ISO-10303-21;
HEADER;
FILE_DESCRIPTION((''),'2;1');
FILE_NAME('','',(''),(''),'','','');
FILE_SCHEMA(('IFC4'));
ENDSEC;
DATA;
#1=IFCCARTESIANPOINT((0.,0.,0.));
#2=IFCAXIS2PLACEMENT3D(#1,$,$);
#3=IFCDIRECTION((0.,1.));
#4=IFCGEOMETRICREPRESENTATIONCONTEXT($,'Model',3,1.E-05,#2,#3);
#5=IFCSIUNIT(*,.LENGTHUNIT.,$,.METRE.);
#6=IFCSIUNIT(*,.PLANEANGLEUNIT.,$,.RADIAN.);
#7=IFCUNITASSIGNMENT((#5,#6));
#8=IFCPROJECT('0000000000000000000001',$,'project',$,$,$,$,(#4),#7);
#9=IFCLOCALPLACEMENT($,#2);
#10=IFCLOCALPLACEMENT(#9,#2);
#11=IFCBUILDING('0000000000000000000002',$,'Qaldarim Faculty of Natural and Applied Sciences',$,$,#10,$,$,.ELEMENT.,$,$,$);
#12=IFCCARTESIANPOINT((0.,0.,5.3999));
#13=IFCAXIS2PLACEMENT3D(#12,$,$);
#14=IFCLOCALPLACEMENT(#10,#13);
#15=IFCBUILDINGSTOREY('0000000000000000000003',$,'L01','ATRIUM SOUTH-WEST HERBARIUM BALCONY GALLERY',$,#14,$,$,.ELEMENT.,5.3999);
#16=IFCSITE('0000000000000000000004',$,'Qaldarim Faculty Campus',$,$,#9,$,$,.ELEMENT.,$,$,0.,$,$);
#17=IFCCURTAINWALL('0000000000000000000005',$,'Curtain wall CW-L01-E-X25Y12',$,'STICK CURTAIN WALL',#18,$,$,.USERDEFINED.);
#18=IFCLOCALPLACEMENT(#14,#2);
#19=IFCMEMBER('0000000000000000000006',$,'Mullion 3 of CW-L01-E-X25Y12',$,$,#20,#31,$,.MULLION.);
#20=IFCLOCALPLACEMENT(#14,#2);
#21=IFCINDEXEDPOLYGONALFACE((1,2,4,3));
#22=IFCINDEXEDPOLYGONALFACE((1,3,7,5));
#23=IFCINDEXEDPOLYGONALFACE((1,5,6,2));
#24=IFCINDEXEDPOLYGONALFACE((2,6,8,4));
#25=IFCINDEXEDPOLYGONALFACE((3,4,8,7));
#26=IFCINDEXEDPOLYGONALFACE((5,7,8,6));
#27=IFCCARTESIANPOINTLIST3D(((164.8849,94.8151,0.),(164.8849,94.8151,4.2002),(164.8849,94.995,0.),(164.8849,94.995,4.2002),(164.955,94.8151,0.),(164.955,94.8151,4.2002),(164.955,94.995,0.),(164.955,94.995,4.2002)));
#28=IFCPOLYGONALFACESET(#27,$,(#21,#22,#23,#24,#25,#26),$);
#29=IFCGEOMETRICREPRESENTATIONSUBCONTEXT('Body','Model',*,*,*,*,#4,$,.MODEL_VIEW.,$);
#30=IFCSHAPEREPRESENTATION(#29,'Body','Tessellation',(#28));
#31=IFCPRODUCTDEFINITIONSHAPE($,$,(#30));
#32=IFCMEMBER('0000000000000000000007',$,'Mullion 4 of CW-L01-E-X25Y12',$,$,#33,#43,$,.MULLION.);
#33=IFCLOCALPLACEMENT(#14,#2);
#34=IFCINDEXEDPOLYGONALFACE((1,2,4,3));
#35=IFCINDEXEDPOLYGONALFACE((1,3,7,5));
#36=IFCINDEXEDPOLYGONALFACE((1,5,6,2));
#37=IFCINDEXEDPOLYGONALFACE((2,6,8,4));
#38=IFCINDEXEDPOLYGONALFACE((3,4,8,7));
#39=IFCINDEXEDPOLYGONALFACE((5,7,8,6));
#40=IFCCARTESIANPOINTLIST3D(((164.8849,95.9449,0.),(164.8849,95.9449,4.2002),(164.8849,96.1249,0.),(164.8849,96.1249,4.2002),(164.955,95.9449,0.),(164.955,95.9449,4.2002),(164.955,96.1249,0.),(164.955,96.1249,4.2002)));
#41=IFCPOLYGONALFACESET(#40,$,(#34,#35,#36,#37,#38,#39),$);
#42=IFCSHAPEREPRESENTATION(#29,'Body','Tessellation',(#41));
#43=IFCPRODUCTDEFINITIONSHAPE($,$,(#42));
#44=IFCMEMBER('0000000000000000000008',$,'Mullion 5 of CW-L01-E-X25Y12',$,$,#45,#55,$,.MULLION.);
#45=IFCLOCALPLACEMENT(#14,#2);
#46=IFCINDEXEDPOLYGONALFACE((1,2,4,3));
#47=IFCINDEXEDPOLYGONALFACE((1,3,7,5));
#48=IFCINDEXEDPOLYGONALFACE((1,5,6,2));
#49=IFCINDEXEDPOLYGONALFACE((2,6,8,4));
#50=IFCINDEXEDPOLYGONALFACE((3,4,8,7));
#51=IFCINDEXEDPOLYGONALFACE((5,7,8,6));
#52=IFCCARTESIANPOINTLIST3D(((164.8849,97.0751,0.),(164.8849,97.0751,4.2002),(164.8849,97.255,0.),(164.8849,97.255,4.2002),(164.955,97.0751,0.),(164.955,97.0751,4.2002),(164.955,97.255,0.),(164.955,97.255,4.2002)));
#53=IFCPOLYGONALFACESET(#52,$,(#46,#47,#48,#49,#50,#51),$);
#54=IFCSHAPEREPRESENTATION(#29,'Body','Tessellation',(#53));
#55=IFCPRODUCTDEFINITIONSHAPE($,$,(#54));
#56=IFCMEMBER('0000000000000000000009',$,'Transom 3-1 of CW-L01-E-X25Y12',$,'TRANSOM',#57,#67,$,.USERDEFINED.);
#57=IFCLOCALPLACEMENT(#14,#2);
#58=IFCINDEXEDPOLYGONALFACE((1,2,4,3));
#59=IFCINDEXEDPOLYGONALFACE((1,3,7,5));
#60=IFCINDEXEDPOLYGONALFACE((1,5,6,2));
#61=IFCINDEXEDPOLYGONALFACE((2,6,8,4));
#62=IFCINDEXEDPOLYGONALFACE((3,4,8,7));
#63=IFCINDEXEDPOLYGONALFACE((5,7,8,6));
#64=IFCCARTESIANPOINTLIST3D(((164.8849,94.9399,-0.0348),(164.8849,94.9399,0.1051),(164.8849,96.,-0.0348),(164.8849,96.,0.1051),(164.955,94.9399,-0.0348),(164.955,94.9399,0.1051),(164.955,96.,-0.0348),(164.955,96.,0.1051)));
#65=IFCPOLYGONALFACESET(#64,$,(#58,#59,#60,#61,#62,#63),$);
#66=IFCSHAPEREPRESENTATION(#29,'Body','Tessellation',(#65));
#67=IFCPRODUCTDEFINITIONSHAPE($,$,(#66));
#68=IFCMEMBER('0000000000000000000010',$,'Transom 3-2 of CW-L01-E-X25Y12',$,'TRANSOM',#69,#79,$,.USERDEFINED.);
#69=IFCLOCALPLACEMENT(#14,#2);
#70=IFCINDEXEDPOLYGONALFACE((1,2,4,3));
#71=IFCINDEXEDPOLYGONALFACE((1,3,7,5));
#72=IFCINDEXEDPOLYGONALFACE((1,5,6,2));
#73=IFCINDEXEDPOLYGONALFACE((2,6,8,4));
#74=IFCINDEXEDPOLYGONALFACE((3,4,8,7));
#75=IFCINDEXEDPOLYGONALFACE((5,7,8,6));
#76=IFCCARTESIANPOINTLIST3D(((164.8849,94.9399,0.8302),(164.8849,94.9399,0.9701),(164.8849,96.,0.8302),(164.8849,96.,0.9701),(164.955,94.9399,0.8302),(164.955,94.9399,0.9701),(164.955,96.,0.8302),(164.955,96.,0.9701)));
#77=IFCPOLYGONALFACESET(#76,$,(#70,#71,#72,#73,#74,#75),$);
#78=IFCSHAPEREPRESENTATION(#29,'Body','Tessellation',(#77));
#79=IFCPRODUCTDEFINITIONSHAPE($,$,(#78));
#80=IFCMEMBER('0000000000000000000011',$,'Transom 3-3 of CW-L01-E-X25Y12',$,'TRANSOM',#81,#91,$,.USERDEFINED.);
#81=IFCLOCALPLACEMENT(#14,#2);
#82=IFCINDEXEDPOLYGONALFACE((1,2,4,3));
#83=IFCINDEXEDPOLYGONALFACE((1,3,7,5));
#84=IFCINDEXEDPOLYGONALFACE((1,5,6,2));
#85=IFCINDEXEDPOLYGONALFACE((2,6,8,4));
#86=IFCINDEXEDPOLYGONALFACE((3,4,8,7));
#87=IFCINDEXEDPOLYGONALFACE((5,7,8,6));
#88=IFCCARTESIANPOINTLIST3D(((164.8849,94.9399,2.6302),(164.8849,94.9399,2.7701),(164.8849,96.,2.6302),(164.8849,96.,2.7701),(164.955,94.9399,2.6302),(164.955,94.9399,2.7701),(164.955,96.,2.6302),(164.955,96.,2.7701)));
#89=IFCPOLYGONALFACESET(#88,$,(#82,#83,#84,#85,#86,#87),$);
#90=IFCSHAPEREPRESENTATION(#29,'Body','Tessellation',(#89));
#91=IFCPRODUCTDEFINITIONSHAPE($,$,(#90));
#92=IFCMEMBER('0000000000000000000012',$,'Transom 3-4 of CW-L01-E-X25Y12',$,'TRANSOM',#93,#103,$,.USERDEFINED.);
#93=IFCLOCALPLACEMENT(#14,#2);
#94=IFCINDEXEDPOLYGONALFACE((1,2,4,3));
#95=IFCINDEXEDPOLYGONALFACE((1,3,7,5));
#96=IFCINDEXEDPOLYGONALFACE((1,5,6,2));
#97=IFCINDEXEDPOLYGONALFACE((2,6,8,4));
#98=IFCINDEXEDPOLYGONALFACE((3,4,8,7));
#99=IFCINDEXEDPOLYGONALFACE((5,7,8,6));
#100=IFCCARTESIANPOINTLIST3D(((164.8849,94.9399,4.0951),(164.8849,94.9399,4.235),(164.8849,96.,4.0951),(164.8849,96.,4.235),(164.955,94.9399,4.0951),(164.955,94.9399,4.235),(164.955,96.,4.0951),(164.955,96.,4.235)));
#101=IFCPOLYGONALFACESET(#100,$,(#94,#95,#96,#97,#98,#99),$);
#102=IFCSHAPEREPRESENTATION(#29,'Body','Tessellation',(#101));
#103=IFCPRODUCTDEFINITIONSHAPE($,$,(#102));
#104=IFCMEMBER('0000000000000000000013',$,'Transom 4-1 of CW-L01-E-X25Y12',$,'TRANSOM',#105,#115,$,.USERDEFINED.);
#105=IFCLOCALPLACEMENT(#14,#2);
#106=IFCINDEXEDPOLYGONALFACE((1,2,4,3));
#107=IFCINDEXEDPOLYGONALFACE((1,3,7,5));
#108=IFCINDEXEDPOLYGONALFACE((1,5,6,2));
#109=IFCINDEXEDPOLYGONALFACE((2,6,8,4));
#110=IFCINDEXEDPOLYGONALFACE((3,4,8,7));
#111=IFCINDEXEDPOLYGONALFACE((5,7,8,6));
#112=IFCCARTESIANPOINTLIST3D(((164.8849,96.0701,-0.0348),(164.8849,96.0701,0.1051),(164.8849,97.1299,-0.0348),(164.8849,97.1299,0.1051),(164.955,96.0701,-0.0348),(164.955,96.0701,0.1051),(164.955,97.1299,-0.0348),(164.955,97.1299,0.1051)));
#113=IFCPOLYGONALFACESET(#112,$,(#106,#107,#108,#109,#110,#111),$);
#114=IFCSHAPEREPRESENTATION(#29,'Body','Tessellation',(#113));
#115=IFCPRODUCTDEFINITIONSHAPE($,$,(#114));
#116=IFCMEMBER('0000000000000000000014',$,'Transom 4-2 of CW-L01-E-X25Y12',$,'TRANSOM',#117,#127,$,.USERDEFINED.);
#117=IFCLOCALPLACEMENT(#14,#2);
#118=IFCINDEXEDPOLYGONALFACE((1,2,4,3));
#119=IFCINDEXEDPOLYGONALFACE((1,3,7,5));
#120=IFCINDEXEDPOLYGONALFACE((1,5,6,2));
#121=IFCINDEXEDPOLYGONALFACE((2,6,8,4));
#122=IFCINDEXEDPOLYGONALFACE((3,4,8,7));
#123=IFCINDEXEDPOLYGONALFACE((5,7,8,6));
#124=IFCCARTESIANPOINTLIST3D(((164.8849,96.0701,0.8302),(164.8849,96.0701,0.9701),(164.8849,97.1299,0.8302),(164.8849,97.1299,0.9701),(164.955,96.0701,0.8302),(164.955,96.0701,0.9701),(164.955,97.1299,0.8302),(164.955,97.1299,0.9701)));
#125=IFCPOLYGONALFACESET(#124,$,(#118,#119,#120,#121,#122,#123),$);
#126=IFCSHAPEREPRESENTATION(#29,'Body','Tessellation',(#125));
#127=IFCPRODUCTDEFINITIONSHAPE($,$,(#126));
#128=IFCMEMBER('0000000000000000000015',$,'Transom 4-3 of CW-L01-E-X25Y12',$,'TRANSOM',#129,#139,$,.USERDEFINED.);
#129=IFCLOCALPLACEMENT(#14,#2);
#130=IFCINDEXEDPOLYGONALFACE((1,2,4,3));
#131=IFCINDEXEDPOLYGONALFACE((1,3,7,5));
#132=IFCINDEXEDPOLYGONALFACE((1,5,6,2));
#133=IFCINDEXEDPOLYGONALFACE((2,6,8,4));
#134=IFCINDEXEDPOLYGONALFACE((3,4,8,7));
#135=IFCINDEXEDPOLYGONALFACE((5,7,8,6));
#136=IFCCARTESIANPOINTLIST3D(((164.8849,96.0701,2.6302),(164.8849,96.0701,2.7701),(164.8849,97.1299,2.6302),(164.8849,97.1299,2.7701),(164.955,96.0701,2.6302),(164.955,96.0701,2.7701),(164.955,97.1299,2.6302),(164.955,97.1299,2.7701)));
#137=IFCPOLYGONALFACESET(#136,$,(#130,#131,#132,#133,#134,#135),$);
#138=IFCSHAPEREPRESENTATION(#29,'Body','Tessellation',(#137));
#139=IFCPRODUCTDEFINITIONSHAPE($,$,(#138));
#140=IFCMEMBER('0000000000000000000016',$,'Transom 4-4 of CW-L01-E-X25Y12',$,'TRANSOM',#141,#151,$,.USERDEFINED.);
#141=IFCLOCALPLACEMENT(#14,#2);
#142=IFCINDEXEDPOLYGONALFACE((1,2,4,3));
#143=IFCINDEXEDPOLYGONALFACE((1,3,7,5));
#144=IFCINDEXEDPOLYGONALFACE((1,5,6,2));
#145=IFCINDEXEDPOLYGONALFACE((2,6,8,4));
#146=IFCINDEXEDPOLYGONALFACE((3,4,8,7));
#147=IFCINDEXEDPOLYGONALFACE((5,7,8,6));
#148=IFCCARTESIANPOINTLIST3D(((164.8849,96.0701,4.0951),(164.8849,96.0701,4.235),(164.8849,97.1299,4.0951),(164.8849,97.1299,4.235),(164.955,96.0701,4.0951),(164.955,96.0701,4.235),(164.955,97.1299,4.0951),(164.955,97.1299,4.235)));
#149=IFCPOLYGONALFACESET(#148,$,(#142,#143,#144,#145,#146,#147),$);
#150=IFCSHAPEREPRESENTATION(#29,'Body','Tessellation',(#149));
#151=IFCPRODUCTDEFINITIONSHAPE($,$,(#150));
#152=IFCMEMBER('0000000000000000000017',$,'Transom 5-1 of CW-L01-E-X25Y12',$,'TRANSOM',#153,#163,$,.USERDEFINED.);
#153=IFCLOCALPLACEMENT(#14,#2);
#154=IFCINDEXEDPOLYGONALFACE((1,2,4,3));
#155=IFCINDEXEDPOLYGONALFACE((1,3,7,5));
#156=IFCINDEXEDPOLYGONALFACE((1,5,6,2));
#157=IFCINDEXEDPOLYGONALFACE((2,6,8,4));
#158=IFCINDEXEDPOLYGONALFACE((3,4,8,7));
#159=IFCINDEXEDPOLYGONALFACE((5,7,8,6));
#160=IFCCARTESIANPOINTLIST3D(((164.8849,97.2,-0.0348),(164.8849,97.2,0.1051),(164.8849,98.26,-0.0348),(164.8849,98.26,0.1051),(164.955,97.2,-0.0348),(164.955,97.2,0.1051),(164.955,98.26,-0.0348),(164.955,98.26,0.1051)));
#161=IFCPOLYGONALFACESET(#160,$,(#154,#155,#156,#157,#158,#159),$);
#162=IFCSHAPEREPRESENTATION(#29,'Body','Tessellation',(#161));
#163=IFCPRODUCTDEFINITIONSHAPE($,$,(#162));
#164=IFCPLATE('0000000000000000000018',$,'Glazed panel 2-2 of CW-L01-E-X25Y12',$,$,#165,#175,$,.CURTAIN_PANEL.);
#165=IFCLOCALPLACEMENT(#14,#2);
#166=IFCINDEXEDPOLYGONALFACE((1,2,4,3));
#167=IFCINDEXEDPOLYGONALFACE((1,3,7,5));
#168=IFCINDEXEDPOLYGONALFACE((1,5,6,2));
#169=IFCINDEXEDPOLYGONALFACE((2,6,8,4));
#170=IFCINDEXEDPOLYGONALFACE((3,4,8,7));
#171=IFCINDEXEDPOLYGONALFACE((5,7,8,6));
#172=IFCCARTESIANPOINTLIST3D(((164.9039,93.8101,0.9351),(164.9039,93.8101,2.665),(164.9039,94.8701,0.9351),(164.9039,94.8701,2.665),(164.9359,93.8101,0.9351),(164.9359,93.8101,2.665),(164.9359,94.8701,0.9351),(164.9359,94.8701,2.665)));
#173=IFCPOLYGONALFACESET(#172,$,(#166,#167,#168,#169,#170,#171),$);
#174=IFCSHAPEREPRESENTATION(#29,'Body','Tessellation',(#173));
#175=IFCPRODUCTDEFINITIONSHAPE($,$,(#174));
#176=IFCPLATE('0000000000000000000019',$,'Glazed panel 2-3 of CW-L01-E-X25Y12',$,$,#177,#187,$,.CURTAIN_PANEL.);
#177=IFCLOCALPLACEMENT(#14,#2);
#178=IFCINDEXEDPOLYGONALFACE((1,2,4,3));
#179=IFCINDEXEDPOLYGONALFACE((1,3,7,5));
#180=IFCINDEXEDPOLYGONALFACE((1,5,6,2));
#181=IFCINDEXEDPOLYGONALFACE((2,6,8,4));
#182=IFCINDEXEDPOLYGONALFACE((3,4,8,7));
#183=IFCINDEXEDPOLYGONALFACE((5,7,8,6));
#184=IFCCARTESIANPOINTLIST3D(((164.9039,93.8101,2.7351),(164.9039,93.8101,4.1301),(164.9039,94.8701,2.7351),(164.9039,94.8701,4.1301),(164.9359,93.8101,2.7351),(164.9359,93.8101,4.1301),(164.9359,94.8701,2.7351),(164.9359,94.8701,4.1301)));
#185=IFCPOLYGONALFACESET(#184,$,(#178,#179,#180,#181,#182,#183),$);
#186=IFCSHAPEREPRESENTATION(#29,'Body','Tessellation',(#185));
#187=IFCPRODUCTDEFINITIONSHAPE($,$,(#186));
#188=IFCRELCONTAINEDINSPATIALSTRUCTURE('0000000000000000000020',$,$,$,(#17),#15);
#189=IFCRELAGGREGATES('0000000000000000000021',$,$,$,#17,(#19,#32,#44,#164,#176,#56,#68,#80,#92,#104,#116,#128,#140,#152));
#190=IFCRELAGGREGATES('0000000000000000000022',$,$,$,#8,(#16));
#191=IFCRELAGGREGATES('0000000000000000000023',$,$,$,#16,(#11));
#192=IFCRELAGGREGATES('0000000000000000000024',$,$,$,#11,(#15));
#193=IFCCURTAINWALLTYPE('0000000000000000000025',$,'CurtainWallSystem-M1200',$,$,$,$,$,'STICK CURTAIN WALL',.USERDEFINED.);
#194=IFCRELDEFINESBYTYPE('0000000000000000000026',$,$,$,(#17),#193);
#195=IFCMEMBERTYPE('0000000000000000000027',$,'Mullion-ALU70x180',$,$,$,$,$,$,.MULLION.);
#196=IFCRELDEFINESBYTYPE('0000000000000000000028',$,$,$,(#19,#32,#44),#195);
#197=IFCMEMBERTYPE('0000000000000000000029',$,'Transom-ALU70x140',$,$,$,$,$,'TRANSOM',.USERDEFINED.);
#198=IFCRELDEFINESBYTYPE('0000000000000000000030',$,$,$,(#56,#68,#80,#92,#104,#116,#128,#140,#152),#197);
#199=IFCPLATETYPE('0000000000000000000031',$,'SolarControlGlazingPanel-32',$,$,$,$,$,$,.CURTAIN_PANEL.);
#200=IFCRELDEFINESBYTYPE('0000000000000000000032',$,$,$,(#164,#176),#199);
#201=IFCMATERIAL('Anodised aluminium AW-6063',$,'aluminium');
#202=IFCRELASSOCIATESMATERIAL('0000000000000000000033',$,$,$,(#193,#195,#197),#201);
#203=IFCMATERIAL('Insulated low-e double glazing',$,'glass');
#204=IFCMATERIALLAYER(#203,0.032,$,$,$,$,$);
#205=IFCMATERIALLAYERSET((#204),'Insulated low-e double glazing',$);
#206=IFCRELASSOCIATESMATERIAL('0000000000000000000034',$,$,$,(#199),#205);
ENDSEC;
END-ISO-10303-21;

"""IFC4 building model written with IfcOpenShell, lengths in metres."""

from ifc_helpers import new_model, si_unit, direction, frame, origin, origin_2d, place, context, subcontext, project, spatial, rectangle, extrude, material, layer, layer_set, material_profile, profile_set, type_object, element, aggregate, save


model = new_model("IFC4")

# Units and contexts
model_context = context("Model", 3, precision=1e-05, world=origin(), true_north=direction((0.0, 1.0)))
body_context = subcontext(model_context, "Body", "Model", "MODEL_VIEW")
ifc_project = project(units=[si_unit("LENGTHUNIT", "METRE"), si_unit("PLANEANGLEUNIT", "RADIAN")], contexts=[model_context])

# Site, building, storey
site_placement = place(None, origin())
site = spatial("IfcSite", under=ifc_project, at=site_placement, Name="Qaldarim Faculty Campus", CompositionType="ELEMENT", RefElevation=0.0)
building_placement = place(site_placement, origin())
building = spatial("IfcBuilding", under=site, at=building_placement, Name="Qaldarim Faculty of Natural and Applied Sciences", CompositionType="ELEMENT")
storey_placement = place(building_placement, frame((0.0, 0.0, 5.3999)))
storey = spatial("IfcBuildingStorey", under=building, at=storey_placement, Name="L01", Description="ATRIUM SOUTH-WEST HERBARIUM BALCONY GALLERY", CompositionType="ELEMENT", Elevation=5.3999)

# Curtain wall, members, plates
ifc_material_1 = material(Name="Anodised aluminium AW-6063", Category="aluminium")
curtain_wall_type = type_object("IfcCurtainWallType", Name="CurtainWallSystem-M1200", ElementType="STICK CURTAIN WALL", PredefinedType="USERDEFINED", material=ifc_material_1)
curtain_wall_placement = place(storey_placement, origin())
curtain_wall = element("IfcCurtainWall", 1, at=curtain_wall_placement, inside=storey, type_object=curtain_wall_type, Name="Curtain wall CW-L01-E-X25Y12", ObjectType="STICK CURTAIN WALL", PredefinedType="USERDEFINED")
ifc_material_profile_1 = material_profile(ifc_material_1, rectangle(XDim=0.0701, YDim=0.1799, at=origin_2d()), Name="ALU-M70x180")
ifc_profile_set_1 = profile_set([ifc_material_profile_1], Name="Anodised aluminium AW-6063")
member_type_1 = type_object("IfcMemberType", Name="Mullion-ALU70x180", PredefinedType="MULLION", material=ifc_profile_set_1)
member_1_placement = place(storey_placement, frame((164.9199, 94.905, 0.0), z_axis=(0.0, 0.0, 1.0), x_axis=(-1.0, 0.0, 0.0)))
member_1 = element("IfcMember", 2, at=member_1_placement, type_object=member_type_1, Name="Mullion 3 of CW-L01-E-X25Y12", PredefinedType="MULLION", context=body_context, shape_type="SweptSolid", body=[
    extrude(rectangle(XDim=0.0701, YDim=0.1799, at=origin_2d()), origin(), (0.0, 0.0, 1.0), 4.2002),
])
member_2_placement = place(storey_placement, frame((164.9199, 96.0349, 0.0), z_axis=(0.0, 0.0, 1.0), x_axis=(-1.0, 0.0, 0.0)))
member_2 = element("IfcMember", 3, at=member_2_placement, type_object=member_type_1, Name="Mullion 4 of CW-L01-E-X25Y12", PredefinedType="MULLION", context=body_context, shape_type="SweptSolid", body=[
    extrude(rectangle(XDim=0.0701, YDim=0.1799, at=origin_2d()), origin(), (0.0, 0.0, 1.0), 4.2002),
])
member_3_placement = place(storey_placement, frame((164.9199, 97.165, 0.0), z_axis=(0.0, 0.0, 1.0), x_axis=(-1.0, 0.0, 0.0)))
member_3 = element("IfcMember", 4, at=member_3_placement, type_object=member_type_1, Name="Mullion 5 of CW-L01-E-X25Y12", PredefinedType="MULLION", context=body_context, shape_type="SweptSolid", body=[
    extrude(rectangle(XDim=0.0701, YDim=0.1799, at=origin_2d()), origin(), (0.0, 0.0, 1.0), 4.2002),
])
ifc_material_profile_2 = material_profile(ifc_material_1, rectangle(XDim=0.0701, YDim=0.1399, at=origin_2d()), Name="ALU-T70x140")
ifc_profile_set_2 = profile_set([ifc_material_profile_2], Name="Anodised aluminium AW-6063")
member_type_2 = type_object("IfcMemberType", Name="Transom-ALU70x140", ElementType="TRANSOM", PredefinedType="USERDEFINED", material=ifc_profile_set_2)
member_4_placement = place(storey_placement, frame((164.9199, 94.9399, 0.0352), z_axis=(0.0, 1.0, 0.0), x_axis=(-1.0, 0.0, 0.0)))
member_4 = element("IfcMember", 5, at=member_4_placement, type_object=member_type_2, Name="Transom 3-1 of CW-L01-E-X25Y12", ObjectType="TRANSOM", PredefinedType="USERDEFINED", context=body_context, shape_type="SweptSolid", body=[
    extrude(rectangle(XDim=0.0701, YDim=0.1399, at=origin_2d()), origin(), (0.0, 0.0, 1.0), 1.0601),
])
member_5_placement = place(storey_placement, frame((164.9199, 94.9399, 0.9001), z_axis=(0.0, 1.0, 0.0), x_axis=(-1.0, 0.0, 0.0)))
member_5 = element("IfcMember", 6, at=member_5_placement, type_object=member_type_2, Name="Transom 3-2 of CW-L01-E-X25Y12", ObjectType="TRANSOM", PredefinedType="USERDEFINED", context=body_context, shape_type="SweptSolid", body=[
    extrude(rectangle(XDim=0.0701, YDim=0.1399, at=origin_2d()), origin(), (0.0, 0.0, 1.0), 1.0601),
])
member_6_placement = place(storey_placement, frame((164.9199, 94.9399, 2.7002), z_axis=(0.0, 1.0, 0.0), x_axis=(-1.0, 0.0, 0.0)))
member_6 = element("IfcMember", 7, at=member_6_placement, type_object=member_type_2, Name="Transom 3-3 of CW-L01-E-X25Y12", ObjectType="TRANSOM", PredefinedType="USERDEFINED", context=body_context, shape_type="SweptSolid", body=[
    extrude(rectangle(XDim=0.0701, YDim=0.1399, at=origin_2d()), origin(), (0.0, 0.0, 1.0), 1.0601),
])
member_7_placement = place(storey_placement, frame((164.9199, 94.9399, 4.165), z_axis=(0.0, 1.0, 0.0), x_axis=(-1.0, 0.0, 0.0)))
member_7 = element("IfcMember", 8, at=member_7_placement, type_object=member_type_2, Name="Transom 3-4 of CW-L01-E-X25Y12", ObjectType="TRANSOM", PredefinedType="USERDEFINED", context=body_context, shape_type="SweptSolid", body=[
    extrude(rectangle(XDim=0.0701, YDim=0.1399, at=origin_2d()), origin(), (0.0, 0.0, 1.0), 1.0601),
])
member_8_placement = place(storey_placement, frame((164.9199, 96.0701, 0.0352), z_axis=(0.0, 1.0, 0.0), x_axis=(-1.0, 0.0, 0.0)))
member_8 = element("IfcMember", 9, at=member_8_placement, type_object=member_type_2, Name="Transom 4-1 of CW-L01-E-X25Y12", ObjectType="TRANSOM", PredefinedType="USERDEFINED", context=body_context, shape_type="SweptSolid", body=[
    extrude(rectangle(XDim=0.0701, YDim=0.1399, at=origin_2d()), origin(), (0.0, 0.0, 1.0), 1.0598),
])
member_9_placement = place(storey_placement, frame((164.9199, 96.0701, 0.9001), z_axis=(0.0, 1.0, 0.0), x_axis=(-1.0, 0.0, 0.0)))
member_9 = element("IfcMember", 10, at=member_9_placement, type_object=member_type_2, Name="Transom 4-2 of CW-L01-E-X25Y12", ObjectType="TRANSOM", PredefinedType="USERDEFINED", context=body_context, shape_type="SweptSolid", body=[
    extrude(rectangle(XDim=0.0701, YDim=0.1399, at=origin_2d()), origin(), (0.0, 0.0, 1.0), 1.0598),
])
member_10_placement = place(storey_placement, frame((164.9199, 96.0701, 2.7002), z_axis=(0.0, 1.0, 0.0), x_axis=(-1.0, 0.0, 0.0)))
member_10 = element("IfcMember", 11, at=member_10_placement, type_object=member_type_2, Name="Transom 4-3 of CW-L01-E-X25Y12", ObjectType="TRANSOM", PredefinedType="USERDEFINED", context=body_context, shape_type="SweptSolid", body=[
    extrude(rectangle(XDim=0.0701, YDim=0.1399, at=origin_2d()), origin(), (0.0, 0.0, 1.0), 1.0598),
])
member_11_placement = place(storey_placement, frame((164.9199, 96.0701, 4.165), z_axis=(0.0, 1.0, 0.0), x_axis=(-1.0, 0.0, 0.0)))
member_11 = element("IfcMember", 12, at=member_11_placement, type_object=member_type_2, Name="Transom 4-4 of CW-L01-E-X25Y12", ObjectType="TRANSOM", PredefinedType="USERDEFINED", context=body_context, shape_type="SweptSolid", body=[
    extrude(rectangle(XDim=0.0701, YDim=0.1399, at=origin_2d()), origin(), (0.0, 0.0, 1.0), 1.0598),
])
member_12_placement = place(storey_placement, frame((164.9199, 97.2, 0.0352), z_axis=(0.0, 1.0, 0.0), x_axis=(-1.0, 0.0, 0.0)))
member_12 = element("IfcMember", 13, at=member_12_placement, type_object=member_type_2, Name="Transom 5-1 of CW-L01-E-X25Y12", ObjectType="TRANSOM", PredefinedType="USERDEFINED", context=body_context, shape_type="SweptSolid", body=[
    extrude(rectangle(XDim=0.0701, YDim=0.1399, at=origin_2d()), origin(), (0.0, 0.0, 1.0), 1.0601),
])
ifc_material_2 = material(Name="Insulated low-e double glazing", Category="glass")
ifc_layer_1 = layer(ifc_material_2, 0.032)
ifc_layer_set_1 = layer_set([ifc_layer_1], Name="Insulated low-e double glazing")
plate_type = type_object("IfcPlateType", Name="SolarControlGlazingPanel-32", PredefinedType="CURTAIN_PANEL", material=ifc_layer_set_1)
plate_1_placement = place(storey_placement, frame((164.9199, 94.3401, 0.9351), z_axis=(0.0, 0.0, 1.0), x_axis=(0.0, 1.0, 0.0)))
plate_1 = element("IfcPlate", 14, at=plate_1_placement, type_object=plate_type, Name="Glazed panel 2-2 of CW-L01-E-X25Y12", PredefinedType="CURTAIN_PANEL", context=body_context, shape_type="SweptSolid", body=[
    extrude(rectangle(XDim=1.0601, YDim=0.032, at=origin_2d()), origin(), (0.0, 0.0, 1.0), 1.73),
])
plate_2_placement = place(storey_placement, frame((164.9199, 94.3401, 2.7351), z_axis=(0.0, 0.0, 1.0), x_axis=(0.0, 1.0, 0.0)))
plate_2 = element("IfcPlate", 15, at=plate_2_placement, type_object=plate_type, Name="Glazed panel 2-3 of CW-L01-E-X25Y12", PredefinedType="CURTAIN_PANEL", context=body_context, shape_type="SweptSolid", body=[
    extrude(rectangle(XDim=1.0601, YDim=0.032, at=origin_2d()), origin(), (0.0, 0.0, 1.0), 1.395),
])
aggregate(curtain_wall, [member_1, member_2, member_3, plate_1, plate_2, member_4, member_5, member_6, member_7, member_8, member_9, member_10, member_11, member_12])

save(model, "model.ifc")
